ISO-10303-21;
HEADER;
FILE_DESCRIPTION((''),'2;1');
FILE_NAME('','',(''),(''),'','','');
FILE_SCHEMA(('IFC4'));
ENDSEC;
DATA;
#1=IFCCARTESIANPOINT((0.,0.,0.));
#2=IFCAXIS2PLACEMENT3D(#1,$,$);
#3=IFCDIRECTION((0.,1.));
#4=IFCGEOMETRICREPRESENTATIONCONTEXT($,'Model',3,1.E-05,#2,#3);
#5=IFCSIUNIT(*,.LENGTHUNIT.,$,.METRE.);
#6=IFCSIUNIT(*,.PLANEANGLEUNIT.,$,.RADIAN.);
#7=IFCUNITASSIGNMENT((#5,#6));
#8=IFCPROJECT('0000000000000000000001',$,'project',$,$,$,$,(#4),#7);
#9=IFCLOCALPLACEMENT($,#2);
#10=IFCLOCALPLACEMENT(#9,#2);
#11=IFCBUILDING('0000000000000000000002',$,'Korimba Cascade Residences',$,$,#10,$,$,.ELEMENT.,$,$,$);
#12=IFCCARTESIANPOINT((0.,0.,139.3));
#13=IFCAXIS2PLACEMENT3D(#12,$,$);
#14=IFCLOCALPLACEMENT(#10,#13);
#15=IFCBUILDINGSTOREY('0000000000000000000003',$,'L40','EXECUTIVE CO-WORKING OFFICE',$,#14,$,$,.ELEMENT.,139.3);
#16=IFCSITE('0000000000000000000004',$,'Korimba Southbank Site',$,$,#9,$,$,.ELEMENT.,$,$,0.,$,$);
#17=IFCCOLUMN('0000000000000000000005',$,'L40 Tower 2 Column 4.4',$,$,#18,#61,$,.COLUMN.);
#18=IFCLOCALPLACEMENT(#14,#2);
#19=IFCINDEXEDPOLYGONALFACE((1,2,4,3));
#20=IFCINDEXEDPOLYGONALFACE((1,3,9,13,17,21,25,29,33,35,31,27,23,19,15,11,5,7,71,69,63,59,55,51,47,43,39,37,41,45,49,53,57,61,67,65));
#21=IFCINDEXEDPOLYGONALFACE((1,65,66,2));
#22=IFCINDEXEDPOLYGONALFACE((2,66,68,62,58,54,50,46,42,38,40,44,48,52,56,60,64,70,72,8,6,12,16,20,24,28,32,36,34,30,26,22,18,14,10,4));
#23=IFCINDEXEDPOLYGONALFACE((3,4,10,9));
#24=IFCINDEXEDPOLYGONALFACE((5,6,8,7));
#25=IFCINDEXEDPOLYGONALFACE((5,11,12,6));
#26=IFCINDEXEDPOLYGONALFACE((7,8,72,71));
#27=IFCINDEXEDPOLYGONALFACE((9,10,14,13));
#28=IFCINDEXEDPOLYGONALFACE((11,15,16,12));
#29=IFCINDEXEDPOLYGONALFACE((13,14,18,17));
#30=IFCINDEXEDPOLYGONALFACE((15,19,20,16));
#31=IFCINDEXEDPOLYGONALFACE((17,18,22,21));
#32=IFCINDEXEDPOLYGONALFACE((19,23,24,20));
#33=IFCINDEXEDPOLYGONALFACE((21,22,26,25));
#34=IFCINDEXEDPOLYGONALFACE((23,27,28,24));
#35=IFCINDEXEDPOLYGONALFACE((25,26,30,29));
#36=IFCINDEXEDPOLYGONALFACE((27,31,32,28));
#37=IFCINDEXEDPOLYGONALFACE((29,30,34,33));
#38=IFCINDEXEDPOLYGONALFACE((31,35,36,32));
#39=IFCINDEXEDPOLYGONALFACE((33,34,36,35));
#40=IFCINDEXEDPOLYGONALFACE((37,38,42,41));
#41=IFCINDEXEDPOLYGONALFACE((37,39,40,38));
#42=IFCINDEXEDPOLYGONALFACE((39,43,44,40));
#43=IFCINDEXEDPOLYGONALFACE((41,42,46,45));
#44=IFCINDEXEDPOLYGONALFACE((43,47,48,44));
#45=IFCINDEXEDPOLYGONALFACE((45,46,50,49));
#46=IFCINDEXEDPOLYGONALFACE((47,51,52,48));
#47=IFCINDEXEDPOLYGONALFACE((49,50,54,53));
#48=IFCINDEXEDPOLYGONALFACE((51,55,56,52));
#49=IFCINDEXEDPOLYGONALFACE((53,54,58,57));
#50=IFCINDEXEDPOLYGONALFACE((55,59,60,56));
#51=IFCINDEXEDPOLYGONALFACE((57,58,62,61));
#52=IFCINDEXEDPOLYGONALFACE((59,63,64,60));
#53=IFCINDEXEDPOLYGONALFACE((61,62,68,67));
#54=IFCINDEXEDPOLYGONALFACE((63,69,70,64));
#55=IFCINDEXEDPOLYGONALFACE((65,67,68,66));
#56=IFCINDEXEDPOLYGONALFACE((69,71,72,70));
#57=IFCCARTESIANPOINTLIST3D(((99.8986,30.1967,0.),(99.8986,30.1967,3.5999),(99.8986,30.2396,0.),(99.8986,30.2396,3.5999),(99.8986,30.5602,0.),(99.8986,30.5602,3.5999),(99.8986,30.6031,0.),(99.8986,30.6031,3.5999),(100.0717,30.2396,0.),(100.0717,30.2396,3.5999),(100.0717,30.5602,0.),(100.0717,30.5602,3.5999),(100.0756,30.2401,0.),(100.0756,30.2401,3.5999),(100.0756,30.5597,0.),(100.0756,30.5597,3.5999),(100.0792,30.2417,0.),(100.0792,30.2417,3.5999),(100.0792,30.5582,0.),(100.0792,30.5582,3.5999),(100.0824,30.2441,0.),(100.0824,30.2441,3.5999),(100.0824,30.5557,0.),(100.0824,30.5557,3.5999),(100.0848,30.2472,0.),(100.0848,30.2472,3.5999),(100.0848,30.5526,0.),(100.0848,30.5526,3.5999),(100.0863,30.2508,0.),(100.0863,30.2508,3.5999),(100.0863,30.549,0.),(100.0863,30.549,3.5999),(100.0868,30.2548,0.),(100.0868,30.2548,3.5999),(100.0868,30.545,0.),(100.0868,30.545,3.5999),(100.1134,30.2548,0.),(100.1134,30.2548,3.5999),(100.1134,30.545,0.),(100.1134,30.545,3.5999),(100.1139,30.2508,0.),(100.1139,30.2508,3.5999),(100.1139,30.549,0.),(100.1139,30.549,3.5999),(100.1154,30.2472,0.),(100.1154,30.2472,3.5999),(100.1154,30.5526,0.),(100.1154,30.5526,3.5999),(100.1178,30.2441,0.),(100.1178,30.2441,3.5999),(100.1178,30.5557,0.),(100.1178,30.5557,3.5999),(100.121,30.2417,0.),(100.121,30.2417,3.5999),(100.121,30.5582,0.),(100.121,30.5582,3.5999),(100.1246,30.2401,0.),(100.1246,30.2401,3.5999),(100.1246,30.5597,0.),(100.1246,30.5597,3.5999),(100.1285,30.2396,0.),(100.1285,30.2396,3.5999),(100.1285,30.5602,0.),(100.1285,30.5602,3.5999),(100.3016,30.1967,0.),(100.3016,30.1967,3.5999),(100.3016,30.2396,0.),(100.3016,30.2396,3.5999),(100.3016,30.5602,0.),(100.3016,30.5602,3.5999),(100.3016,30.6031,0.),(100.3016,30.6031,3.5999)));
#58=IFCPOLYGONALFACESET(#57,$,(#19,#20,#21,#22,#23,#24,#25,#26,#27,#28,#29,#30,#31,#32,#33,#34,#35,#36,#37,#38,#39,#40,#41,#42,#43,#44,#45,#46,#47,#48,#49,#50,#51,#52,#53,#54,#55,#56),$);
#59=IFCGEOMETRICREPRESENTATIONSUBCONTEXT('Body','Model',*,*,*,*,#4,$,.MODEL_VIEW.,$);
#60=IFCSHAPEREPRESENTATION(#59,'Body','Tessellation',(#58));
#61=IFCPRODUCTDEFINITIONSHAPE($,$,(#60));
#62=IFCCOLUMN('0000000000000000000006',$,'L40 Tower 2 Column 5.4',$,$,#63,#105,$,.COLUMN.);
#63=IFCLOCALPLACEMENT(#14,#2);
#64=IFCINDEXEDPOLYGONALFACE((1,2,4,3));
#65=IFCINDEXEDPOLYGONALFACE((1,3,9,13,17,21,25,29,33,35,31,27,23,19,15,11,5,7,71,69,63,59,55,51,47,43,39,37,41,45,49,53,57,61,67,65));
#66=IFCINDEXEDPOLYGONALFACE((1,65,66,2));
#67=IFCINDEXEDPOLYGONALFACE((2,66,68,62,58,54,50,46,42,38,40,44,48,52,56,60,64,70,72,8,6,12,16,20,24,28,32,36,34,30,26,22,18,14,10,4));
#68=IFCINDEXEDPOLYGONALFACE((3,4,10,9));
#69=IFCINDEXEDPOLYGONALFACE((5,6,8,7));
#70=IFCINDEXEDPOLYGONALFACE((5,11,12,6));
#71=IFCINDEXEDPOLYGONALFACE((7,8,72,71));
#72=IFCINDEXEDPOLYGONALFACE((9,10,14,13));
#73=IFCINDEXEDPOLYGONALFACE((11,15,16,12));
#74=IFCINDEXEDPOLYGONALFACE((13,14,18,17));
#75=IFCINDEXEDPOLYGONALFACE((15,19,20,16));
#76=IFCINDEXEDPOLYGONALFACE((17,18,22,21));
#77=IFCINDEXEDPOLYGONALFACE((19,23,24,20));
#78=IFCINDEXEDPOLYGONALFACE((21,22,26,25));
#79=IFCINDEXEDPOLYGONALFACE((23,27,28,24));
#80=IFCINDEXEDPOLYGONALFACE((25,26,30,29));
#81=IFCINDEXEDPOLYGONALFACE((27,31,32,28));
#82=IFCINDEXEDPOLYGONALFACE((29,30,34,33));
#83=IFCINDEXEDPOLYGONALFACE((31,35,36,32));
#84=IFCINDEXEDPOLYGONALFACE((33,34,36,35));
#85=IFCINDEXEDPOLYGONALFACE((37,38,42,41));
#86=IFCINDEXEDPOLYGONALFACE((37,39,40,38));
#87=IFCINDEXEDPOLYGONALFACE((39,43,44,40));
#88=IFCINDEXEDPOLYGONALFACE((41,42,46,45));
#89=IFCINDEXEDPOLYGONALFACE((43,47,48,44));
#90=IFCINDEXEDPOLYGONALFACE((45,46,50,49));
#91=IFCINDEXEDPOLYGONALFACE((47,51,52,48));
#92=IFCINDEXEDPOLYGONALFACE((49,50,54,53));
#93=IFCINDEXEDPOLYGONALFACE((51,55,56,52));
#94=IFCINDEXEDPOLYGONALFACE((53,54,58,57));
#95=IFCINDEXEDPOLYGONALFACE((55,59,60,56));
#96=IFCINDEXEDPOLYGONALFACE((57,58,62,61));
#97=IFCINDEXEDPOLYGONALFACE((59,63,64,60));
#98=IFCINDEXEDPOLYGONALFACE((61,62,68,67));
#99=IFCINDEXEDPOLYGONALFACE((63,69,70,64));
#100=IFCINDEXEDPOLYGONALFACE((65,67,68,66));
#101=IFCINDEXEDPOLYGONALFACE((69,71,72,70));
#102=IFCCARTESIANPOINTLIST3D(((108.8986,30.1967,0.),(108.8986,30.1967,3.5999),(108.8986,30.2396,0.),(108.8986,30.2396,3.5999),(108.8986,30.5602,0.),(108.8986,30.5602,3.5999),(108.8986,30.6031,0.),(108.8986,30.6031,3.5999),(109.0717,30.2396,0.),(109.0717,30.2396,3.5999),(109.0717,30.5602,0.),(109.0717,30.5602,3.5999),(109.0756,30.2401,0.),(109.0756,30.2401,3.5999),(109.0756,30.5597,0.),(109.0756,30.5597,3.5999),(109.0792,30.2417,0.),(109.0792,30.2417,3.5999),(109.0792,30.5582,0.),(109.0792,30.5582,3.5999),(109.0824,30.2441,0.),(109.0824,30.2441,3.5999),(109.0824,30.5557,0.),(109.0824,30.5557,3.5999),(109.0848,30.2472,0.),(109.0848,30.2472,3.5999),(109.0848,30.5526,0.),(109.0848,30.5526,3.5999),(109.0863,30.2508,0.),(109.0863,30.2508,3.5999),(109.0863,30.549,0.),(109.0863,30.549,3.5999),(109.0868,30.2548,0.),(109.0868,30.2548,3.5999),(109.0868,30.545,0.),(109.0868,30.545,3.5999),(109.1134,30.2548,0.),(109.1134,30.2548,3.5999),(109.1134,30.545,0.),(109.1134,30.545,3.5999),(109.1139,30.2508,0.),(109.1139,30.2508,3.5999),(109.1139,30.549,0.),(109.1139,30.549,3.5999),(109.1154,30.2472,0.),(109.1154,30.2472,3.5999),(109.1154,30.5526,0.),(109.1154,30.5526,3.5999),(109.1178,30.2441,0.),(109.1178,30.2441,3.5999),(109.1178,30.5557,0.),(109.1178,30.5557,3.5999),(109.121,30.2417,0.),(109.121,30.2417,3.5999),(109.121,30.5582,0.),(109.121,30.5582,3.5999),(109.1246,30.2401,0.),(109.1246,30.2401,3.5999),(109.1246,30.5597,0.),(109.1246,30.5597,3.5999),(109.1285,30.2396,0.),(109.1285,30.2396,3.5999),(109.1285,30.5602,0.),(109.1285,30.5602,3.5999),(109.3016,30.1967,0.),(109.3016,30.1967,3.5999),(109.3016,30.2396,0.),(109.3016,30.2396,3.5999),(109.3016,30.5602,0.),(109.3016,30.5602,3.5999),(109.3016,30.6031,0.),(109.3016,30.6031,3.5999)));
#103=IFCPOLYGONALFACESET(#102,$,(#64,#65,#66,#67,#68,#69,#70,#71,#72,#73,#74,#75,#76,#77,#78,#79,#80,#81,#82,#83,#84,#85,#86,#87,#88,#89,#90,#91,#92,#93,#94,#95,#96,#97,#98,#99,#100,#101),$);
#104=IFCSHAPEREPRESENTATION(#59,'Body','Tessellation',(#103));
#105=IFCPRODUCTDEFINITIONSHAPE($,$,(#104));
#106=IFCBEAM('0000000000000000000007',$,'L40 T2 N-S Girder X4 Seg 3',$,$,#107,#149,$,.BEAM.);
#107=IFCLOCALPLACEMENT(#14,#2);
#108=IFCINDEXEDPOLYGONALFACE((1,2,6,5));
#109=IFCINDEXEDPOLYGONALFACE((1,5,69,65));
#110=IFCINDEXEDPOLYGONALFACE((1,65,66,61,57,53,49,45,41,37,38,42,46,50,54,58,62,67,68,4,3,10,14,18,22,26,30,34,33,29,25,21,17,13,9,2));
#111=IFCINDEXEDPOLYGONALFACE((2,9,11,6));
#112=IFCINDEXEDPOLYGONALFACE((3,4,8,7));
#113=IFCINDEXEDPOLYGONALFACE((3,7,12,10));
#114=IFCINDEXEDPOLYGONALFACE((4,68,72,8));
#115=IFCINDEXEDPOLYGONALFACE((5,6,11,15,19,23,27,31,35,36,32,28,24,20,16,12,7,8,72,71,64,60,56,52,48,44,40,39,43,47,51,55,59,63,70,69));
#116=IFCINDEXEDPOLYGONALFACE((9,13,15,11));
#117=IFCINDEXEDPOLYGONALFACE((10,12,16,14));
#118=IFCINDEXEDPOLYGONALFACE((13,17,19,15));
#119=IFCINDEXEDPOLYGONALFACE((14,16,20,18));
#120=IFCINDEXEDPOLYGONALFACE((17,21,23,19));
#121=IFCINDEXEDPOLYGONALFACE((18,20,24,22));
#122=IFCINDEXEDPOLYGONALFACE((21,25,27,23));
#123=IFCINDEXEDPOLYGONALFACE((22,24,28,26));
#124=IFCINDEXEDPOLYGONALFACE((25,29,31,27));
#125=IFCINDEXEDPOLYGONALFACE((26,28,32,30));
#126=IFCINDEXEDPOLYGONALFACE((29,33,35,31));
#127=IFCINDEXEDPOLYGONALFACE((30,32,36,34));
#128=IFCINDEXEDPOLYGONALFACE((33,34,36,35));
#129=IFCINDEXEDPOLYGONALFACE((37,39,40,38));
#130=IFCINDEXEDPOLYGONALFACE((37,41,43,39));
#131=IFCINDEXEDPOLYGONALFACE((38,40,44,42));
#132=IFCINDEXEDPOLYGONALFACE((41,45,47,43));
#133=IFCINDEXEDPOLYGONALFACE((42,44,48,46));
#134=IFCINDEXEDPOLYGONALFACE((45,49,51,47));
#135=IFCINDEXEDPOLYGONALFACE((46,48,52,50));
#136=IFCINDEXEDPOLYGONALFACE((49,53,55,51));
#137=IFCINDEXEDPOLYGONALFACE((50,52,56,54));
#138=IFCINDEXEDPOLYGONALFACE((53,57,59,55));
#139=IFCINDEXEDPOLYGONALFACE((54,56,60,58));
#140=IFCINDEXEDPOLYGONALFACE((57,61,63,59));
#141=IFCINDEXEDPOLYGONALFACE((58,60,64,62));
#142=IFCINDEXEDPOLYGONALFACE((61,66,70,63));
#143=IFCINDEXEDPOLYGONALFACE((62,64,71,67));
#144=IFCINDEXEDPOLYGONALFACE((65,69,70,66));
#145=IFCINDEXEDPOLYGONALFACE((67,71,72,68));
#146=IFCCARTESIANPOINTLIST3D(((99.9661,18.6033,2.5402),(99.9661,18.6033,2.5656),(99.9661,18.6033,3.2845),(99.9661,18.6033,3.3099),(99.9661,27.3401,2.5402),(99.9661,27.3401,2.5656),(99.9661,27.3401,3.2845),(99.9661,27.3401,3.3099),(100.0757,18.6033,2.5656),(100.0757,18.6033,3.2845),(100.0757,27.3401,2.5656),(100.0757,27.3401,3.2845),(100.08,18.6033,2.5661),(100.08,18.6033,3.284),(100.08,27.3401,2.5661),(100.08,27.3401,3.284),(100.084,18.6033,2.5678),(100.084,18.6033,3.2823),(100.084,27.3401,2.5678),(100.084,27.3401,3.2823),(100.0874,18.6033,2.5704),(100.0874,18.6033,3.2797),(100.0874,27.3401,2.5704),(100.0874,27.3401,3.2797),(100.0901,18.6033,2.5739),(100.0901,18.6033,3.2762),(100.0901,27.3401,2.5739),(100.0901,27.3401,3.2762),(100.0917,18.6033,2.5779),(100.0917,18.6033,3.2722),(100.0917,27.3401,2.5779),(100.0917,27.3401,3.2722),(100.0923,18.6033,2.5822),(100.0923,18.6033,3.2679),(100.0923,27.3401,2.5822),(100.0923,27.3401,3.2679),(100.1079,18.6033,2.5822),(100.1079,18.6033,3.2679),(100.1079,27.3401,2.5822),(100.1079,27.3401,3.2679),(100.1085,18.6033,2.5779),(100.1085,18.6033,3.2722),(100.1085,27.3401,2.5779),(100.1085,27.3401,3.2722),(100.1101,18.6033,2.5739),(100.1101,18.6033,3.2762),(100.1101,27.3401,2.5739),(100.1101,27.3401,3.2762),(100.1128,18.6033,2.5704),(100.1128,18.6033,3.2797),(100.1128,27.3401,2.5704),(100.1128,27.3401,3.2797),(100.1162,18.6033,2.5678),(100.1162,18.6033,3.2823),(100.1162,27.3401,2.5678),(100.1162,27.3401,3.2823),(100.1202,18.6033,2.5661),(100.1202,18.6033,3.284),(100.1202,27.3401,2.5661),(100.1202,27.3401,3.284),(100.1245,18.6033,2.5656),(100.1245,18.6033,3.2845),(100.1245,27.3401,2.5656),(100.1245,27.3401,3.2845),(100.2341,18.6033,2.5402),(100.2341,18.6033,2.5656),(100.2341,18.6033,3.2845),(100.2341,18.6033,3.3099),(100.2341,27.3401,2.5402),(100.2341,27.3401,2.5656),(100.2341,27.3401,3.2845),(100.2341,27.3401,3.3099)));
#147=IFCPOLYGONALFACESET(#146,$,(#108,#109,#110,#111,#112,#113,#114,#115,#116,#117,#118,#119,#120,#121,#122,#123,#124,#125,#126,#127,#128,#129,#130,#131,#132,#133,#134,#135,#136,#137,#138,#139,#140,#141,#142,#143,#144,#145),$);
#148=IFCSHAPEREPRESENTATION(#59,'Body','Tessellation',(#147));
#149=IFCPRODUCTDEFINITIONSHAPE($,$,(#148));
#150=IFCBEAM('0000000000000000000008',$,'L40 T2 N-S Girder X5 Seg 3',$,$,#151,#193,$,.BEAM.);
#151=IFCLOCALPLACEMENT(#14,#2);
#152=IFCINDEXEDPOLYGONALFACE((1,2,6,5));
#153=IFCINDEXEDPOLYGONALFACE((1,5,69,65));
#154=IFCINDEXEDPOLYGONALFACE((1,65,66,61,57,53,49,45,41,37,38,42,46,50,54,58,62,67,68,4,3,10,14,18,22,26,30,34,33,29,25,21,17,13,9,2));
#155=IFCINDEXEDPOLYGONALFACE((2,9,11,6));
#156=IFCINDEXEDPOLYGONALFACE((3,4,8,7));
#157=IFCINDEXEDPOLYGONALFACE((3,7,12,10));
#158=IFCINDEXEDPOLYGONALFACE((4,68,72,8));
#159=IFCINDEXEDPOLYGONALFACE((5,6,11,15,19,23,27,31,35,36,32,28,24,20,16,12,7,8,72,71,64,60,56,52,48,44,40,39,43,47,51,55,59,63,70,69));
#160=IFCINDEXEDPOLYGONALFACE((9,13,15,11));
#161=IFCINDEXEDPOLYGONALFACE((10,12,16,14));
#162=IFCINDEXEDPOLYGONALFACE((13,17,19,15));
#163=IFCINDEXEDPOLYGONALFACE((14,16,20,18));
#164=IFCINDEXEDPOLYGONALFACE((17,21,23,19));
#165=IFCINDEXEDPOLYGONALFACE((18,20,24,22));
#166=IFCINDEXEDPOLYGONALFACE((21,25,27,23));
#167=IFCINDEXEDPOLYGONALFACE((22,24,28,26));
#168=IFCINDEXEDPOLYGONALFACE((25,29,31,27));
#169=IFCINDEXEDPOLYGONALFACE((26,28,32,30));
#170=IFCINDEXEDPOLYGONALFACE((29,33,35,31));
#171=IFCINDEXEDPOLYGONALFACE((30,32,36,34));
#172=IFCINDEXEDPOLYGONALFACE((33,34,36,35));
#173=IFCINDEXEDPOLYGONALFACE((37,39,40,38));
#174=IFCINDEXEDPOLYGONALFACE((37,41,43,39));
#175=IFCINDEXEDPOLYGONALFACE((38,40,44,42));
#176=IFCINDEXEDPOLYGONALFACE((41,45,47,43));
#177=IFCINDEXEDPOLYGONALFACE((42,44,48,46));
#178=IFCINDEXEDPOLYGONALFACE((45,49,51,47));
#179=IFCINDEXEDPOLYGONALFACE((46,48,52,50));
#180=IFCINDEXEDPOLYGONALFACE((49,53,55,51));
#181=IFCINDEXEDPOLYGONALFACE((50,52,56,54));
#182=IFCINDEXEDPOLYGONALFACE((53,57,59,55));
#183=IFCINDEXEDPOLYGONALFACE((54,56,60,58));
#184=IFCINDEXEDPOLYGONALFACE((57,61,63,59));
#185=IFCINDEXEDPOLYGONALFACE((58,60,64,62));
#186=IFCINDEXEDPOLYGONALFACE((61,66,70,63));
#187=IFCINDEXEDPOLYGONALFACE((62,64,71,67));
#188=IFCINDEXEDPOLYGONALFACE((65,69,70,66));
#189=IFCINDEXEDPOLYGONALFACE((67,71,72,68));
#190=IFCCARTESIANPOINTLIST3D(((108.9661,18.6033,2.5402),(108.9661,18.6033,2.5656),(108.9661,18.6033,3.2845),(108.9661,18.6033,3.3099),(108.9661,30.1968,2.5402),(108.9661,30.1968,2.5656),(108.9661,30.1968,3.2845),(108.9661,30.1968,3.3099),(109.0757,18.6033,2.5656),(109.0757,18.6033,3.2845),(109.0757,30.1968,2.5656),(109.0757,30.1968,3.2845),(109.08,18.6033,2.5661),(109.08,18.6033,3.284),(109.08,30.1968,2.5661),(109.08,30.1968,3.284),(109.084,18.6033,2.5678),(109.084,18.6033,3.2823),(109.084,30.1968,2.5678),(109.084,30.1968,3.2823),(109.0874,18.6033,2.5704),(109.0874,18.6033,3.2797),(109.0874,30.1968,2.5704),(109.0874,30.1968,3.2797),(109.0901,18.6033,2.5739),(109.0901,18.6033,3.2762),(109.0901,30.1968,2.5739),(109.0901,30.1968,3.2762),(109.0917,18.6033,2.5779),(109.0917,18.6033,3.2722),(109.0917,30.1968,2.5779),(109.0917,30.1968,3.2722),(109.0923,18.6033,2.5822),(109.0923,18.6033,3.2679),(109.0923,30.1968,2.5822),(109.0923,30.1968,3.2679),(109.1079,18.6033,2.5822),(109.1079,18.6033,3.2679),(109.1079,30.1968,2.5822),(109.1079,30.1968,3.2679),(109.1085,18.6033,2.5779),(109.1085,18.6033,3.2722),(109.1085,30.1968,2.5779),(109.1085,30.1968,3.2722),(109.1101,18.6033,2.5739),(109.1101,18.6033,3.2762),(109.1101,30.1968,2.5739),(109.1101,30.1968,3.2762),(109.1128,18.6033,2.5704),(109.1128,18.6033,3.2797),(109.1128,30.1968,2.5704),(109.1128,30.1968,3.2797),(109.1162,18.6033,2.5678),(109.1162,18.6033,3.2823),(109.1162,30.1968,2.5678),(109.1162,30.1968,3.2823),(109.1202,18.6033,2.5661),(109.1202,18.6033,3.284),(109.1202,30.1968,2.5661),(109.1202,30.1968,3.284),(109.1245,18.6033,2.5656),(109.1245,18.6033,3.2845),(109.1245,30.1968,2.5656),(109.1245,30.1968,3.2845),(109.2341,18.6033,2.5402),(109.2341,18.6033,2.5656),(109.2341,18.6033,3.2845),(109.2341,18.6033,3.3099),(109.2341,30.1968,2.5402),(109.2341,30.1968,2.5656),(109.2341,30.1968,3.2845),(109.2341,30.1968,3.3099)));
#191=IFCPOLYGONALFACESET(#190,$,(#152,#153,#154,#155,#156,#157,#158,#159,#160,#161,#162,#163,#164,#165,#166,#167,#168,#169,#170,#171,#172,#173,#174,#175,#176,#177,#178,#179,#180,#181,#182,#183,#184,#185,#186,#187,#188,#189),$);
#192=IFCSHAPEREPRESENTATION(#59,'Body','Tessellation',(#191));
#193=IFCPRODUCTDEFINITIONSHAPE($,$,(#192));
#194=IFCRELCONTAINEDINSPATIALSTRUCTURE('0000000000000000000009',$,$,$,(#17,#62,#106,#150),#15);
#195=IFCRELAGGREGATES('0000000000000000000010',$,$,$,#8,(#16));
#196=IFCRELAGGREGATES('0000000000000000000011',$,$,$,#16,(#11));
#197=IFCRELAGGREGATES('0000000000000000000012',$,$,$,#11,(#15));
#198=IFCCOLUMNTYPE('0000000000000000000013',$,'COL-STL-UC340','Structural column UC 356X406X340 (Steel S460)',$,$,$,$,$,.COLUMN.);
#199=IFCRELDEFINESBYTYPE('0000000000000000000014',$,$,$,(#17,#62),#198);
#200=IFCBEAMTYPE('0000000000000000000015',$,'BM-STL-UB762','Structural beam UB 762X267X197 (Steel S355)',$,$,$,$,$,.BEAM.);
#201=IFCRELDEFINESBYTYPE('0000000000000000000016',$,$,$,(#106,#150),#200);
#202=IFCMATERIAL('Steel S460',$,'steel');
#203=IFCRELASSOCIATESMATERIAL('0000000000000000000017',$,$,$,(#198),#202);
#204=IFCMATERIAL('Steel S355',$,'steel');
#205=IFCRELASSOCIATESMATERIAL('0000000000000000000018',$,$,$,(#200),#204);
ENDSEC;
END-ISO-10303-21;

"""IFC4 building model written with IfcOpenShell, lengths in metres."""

from ifc_helpers import new_model, si_unit, direction, frame, origin, origin_2d, place, context, subcontext, project, spatial, i_section, extrude, material, material_profile, profile_set, type_object, element, save


model = new_model("IFC4")

# Units and contexts
model_context = context("Model", 3, precision=1e-05, world=origin(), true_north=direction((0.0, 1.0)))
body_context = subcontext(model_context, "Body", "Model", "MODEL_VIEW")
ifc_project = project(units=[si_unit("LENGTHUNIT", "METRE"), si_unit("PLANEANGLEUNIT", "RADIAN")], contexts=[model_context])

# Site, building, storey
site_placement = place(None, origin())
site = spatial("IfcSite", under=ifc_project, at=site_placement, Name="Korimba Southbank Site", CompositionType="ELEMENT", RefElevation=0.0)
building_placement = place(site_placement, origin())
building = spatial("IfcBuilding", under=site, at=building_placement, Name="Korimba Cascade Residences", CompositionType="ELEMENT")
storey_placement = place(building_placement, frame((0.0, 0.0, 139.3)))
storey = spatial("IfcBuildingStorey", under=building, at=storey_placement, Name="L40", Description="EXECUTIVE CO-WORKING OFFICE", CompositionType="ELEMENT", Elevation=139.3)

# Columns
ifc_material_1 = material(Name="Steel S460", Category="steel")
ifc_material_profile_1 = material_profile(ifc_material_1, i_section(OverallWidth=0.4031, OverallDepth=0.4065, WebThickness=0.0266, FlangeThickness=0.043, FilletRadius=0.0151, at=origin_2d()), Name="Steel S460")
ifc_profile_set_1 = profile_set([ifc_material_profile_1], Name="Steel S460")
column_type = type_object("IfcColumnType", Name="COL-STL-UC340", Description="Structural column UC 356X406X340 (Steel S460)", PredefinedType="COLUMN", material=ifc_profile_set_1)
for number, where, z_axis, x_axis, name in (
    (1, (100.1001, 30.3999, 0.0), (0.0, 0.0, 1.0), (1.0, 0.0, 0.0), "L40 Tower 2 Column 4.4"),
    (2, (109.1001, 30.3999, 0.0), (0.0, 0.0, 1.0), (1.0, 0.0, 0.0), "L40 Tower 2 Column 5.4"),
):
    element("IfcColumn", number, at=place(storey_placement, frame(where, z_axis=z_axis, x_axis=x_axis)), inside=storey, type_object=column_type, Name=name, PredefinedType="COLUMN", context=body_context, shape_type="SweptSolid", body=[
        extrude(i_section(OverallWidth=0.4031, OverallDepth=0.4065, WebThickness=0.0266, FlangeThickness=0.043, FilletRadius=0.0151, at=origin_2d()), origin(), (0.0, 0.0, 1.0), 3.5999),
    ])

# Beams
ifc_material_2 = material(Name="Steel S355", Category="steel")
ifc_material_profile_2 = material_profile(ifc_material_2, i_section(OverallWidth=0.2681, OverallDepth=0.7698, WebThickness=0.0156, FlangeThickness=0.0254, FilletRadius=0.0166, at=origin_2d()), Name="Steel S355")
ifc_profile_set_2 = profile_set([ifc_material_profile_2], Name="Steel S355")
beam_type_1 = type_object("IfcBeamType", Name="BM-STL-UB762", Description="Structural beam UB 762X267X197 (Steel S355)", PredefinedType="BEAM", material=ifc_profile_set_2)
beam_1_placement = place(storey_placement, frame((100.1001, 18.6033, 2.925), z_axis=(0.0, 1.0, 0.0), x_axis=(-1.0, 0.0, 0.0)))
element("IfcBeam", 3, at=beam_1_placement, inside=storey, type_object=beam_type_1, Name="L40 T2 N-S Girder X4 Seg 3", PredefinedType="BEAM", context=body_context, shape_type="SweptSolid", body=[
    extrude(i_section(OverallWidth=0.2681, OverallDepth=0.7698, WebThickness=0.0156, FlangeThickness=0.0254, FilletRadius=0.0166, at=origin_2d()), origin(), (0.0, 0.0, 1.0), 8.7368),
])
beam_2_placement = place(storey_placement, frame((109.1001, 18.6033, 2.925), z_axis=(0.0, 1.0, 0.0), x_axis=(-1.0, 0.0, 0.0)))
element("IfcBeam", 4, at=beam_2_placement, inside=storey, type_object=beam_type_1, Name="L40 T2 N-S Girder X5 Seg 3", PredefinedType="BEAM", context=body_context, shape_type="SweptSolid", body=[
    extrude(i_section(OverallWidth=0.2681, OverallDepth=0.7698, WebThickness=0.0156, FlangeThickness=0.0254, FilletRadius=0.0166, at=origin_2d()), origin(), (0.0, 0.0, 1.0), 11.5935),
])

save(model, "model.ifc")
